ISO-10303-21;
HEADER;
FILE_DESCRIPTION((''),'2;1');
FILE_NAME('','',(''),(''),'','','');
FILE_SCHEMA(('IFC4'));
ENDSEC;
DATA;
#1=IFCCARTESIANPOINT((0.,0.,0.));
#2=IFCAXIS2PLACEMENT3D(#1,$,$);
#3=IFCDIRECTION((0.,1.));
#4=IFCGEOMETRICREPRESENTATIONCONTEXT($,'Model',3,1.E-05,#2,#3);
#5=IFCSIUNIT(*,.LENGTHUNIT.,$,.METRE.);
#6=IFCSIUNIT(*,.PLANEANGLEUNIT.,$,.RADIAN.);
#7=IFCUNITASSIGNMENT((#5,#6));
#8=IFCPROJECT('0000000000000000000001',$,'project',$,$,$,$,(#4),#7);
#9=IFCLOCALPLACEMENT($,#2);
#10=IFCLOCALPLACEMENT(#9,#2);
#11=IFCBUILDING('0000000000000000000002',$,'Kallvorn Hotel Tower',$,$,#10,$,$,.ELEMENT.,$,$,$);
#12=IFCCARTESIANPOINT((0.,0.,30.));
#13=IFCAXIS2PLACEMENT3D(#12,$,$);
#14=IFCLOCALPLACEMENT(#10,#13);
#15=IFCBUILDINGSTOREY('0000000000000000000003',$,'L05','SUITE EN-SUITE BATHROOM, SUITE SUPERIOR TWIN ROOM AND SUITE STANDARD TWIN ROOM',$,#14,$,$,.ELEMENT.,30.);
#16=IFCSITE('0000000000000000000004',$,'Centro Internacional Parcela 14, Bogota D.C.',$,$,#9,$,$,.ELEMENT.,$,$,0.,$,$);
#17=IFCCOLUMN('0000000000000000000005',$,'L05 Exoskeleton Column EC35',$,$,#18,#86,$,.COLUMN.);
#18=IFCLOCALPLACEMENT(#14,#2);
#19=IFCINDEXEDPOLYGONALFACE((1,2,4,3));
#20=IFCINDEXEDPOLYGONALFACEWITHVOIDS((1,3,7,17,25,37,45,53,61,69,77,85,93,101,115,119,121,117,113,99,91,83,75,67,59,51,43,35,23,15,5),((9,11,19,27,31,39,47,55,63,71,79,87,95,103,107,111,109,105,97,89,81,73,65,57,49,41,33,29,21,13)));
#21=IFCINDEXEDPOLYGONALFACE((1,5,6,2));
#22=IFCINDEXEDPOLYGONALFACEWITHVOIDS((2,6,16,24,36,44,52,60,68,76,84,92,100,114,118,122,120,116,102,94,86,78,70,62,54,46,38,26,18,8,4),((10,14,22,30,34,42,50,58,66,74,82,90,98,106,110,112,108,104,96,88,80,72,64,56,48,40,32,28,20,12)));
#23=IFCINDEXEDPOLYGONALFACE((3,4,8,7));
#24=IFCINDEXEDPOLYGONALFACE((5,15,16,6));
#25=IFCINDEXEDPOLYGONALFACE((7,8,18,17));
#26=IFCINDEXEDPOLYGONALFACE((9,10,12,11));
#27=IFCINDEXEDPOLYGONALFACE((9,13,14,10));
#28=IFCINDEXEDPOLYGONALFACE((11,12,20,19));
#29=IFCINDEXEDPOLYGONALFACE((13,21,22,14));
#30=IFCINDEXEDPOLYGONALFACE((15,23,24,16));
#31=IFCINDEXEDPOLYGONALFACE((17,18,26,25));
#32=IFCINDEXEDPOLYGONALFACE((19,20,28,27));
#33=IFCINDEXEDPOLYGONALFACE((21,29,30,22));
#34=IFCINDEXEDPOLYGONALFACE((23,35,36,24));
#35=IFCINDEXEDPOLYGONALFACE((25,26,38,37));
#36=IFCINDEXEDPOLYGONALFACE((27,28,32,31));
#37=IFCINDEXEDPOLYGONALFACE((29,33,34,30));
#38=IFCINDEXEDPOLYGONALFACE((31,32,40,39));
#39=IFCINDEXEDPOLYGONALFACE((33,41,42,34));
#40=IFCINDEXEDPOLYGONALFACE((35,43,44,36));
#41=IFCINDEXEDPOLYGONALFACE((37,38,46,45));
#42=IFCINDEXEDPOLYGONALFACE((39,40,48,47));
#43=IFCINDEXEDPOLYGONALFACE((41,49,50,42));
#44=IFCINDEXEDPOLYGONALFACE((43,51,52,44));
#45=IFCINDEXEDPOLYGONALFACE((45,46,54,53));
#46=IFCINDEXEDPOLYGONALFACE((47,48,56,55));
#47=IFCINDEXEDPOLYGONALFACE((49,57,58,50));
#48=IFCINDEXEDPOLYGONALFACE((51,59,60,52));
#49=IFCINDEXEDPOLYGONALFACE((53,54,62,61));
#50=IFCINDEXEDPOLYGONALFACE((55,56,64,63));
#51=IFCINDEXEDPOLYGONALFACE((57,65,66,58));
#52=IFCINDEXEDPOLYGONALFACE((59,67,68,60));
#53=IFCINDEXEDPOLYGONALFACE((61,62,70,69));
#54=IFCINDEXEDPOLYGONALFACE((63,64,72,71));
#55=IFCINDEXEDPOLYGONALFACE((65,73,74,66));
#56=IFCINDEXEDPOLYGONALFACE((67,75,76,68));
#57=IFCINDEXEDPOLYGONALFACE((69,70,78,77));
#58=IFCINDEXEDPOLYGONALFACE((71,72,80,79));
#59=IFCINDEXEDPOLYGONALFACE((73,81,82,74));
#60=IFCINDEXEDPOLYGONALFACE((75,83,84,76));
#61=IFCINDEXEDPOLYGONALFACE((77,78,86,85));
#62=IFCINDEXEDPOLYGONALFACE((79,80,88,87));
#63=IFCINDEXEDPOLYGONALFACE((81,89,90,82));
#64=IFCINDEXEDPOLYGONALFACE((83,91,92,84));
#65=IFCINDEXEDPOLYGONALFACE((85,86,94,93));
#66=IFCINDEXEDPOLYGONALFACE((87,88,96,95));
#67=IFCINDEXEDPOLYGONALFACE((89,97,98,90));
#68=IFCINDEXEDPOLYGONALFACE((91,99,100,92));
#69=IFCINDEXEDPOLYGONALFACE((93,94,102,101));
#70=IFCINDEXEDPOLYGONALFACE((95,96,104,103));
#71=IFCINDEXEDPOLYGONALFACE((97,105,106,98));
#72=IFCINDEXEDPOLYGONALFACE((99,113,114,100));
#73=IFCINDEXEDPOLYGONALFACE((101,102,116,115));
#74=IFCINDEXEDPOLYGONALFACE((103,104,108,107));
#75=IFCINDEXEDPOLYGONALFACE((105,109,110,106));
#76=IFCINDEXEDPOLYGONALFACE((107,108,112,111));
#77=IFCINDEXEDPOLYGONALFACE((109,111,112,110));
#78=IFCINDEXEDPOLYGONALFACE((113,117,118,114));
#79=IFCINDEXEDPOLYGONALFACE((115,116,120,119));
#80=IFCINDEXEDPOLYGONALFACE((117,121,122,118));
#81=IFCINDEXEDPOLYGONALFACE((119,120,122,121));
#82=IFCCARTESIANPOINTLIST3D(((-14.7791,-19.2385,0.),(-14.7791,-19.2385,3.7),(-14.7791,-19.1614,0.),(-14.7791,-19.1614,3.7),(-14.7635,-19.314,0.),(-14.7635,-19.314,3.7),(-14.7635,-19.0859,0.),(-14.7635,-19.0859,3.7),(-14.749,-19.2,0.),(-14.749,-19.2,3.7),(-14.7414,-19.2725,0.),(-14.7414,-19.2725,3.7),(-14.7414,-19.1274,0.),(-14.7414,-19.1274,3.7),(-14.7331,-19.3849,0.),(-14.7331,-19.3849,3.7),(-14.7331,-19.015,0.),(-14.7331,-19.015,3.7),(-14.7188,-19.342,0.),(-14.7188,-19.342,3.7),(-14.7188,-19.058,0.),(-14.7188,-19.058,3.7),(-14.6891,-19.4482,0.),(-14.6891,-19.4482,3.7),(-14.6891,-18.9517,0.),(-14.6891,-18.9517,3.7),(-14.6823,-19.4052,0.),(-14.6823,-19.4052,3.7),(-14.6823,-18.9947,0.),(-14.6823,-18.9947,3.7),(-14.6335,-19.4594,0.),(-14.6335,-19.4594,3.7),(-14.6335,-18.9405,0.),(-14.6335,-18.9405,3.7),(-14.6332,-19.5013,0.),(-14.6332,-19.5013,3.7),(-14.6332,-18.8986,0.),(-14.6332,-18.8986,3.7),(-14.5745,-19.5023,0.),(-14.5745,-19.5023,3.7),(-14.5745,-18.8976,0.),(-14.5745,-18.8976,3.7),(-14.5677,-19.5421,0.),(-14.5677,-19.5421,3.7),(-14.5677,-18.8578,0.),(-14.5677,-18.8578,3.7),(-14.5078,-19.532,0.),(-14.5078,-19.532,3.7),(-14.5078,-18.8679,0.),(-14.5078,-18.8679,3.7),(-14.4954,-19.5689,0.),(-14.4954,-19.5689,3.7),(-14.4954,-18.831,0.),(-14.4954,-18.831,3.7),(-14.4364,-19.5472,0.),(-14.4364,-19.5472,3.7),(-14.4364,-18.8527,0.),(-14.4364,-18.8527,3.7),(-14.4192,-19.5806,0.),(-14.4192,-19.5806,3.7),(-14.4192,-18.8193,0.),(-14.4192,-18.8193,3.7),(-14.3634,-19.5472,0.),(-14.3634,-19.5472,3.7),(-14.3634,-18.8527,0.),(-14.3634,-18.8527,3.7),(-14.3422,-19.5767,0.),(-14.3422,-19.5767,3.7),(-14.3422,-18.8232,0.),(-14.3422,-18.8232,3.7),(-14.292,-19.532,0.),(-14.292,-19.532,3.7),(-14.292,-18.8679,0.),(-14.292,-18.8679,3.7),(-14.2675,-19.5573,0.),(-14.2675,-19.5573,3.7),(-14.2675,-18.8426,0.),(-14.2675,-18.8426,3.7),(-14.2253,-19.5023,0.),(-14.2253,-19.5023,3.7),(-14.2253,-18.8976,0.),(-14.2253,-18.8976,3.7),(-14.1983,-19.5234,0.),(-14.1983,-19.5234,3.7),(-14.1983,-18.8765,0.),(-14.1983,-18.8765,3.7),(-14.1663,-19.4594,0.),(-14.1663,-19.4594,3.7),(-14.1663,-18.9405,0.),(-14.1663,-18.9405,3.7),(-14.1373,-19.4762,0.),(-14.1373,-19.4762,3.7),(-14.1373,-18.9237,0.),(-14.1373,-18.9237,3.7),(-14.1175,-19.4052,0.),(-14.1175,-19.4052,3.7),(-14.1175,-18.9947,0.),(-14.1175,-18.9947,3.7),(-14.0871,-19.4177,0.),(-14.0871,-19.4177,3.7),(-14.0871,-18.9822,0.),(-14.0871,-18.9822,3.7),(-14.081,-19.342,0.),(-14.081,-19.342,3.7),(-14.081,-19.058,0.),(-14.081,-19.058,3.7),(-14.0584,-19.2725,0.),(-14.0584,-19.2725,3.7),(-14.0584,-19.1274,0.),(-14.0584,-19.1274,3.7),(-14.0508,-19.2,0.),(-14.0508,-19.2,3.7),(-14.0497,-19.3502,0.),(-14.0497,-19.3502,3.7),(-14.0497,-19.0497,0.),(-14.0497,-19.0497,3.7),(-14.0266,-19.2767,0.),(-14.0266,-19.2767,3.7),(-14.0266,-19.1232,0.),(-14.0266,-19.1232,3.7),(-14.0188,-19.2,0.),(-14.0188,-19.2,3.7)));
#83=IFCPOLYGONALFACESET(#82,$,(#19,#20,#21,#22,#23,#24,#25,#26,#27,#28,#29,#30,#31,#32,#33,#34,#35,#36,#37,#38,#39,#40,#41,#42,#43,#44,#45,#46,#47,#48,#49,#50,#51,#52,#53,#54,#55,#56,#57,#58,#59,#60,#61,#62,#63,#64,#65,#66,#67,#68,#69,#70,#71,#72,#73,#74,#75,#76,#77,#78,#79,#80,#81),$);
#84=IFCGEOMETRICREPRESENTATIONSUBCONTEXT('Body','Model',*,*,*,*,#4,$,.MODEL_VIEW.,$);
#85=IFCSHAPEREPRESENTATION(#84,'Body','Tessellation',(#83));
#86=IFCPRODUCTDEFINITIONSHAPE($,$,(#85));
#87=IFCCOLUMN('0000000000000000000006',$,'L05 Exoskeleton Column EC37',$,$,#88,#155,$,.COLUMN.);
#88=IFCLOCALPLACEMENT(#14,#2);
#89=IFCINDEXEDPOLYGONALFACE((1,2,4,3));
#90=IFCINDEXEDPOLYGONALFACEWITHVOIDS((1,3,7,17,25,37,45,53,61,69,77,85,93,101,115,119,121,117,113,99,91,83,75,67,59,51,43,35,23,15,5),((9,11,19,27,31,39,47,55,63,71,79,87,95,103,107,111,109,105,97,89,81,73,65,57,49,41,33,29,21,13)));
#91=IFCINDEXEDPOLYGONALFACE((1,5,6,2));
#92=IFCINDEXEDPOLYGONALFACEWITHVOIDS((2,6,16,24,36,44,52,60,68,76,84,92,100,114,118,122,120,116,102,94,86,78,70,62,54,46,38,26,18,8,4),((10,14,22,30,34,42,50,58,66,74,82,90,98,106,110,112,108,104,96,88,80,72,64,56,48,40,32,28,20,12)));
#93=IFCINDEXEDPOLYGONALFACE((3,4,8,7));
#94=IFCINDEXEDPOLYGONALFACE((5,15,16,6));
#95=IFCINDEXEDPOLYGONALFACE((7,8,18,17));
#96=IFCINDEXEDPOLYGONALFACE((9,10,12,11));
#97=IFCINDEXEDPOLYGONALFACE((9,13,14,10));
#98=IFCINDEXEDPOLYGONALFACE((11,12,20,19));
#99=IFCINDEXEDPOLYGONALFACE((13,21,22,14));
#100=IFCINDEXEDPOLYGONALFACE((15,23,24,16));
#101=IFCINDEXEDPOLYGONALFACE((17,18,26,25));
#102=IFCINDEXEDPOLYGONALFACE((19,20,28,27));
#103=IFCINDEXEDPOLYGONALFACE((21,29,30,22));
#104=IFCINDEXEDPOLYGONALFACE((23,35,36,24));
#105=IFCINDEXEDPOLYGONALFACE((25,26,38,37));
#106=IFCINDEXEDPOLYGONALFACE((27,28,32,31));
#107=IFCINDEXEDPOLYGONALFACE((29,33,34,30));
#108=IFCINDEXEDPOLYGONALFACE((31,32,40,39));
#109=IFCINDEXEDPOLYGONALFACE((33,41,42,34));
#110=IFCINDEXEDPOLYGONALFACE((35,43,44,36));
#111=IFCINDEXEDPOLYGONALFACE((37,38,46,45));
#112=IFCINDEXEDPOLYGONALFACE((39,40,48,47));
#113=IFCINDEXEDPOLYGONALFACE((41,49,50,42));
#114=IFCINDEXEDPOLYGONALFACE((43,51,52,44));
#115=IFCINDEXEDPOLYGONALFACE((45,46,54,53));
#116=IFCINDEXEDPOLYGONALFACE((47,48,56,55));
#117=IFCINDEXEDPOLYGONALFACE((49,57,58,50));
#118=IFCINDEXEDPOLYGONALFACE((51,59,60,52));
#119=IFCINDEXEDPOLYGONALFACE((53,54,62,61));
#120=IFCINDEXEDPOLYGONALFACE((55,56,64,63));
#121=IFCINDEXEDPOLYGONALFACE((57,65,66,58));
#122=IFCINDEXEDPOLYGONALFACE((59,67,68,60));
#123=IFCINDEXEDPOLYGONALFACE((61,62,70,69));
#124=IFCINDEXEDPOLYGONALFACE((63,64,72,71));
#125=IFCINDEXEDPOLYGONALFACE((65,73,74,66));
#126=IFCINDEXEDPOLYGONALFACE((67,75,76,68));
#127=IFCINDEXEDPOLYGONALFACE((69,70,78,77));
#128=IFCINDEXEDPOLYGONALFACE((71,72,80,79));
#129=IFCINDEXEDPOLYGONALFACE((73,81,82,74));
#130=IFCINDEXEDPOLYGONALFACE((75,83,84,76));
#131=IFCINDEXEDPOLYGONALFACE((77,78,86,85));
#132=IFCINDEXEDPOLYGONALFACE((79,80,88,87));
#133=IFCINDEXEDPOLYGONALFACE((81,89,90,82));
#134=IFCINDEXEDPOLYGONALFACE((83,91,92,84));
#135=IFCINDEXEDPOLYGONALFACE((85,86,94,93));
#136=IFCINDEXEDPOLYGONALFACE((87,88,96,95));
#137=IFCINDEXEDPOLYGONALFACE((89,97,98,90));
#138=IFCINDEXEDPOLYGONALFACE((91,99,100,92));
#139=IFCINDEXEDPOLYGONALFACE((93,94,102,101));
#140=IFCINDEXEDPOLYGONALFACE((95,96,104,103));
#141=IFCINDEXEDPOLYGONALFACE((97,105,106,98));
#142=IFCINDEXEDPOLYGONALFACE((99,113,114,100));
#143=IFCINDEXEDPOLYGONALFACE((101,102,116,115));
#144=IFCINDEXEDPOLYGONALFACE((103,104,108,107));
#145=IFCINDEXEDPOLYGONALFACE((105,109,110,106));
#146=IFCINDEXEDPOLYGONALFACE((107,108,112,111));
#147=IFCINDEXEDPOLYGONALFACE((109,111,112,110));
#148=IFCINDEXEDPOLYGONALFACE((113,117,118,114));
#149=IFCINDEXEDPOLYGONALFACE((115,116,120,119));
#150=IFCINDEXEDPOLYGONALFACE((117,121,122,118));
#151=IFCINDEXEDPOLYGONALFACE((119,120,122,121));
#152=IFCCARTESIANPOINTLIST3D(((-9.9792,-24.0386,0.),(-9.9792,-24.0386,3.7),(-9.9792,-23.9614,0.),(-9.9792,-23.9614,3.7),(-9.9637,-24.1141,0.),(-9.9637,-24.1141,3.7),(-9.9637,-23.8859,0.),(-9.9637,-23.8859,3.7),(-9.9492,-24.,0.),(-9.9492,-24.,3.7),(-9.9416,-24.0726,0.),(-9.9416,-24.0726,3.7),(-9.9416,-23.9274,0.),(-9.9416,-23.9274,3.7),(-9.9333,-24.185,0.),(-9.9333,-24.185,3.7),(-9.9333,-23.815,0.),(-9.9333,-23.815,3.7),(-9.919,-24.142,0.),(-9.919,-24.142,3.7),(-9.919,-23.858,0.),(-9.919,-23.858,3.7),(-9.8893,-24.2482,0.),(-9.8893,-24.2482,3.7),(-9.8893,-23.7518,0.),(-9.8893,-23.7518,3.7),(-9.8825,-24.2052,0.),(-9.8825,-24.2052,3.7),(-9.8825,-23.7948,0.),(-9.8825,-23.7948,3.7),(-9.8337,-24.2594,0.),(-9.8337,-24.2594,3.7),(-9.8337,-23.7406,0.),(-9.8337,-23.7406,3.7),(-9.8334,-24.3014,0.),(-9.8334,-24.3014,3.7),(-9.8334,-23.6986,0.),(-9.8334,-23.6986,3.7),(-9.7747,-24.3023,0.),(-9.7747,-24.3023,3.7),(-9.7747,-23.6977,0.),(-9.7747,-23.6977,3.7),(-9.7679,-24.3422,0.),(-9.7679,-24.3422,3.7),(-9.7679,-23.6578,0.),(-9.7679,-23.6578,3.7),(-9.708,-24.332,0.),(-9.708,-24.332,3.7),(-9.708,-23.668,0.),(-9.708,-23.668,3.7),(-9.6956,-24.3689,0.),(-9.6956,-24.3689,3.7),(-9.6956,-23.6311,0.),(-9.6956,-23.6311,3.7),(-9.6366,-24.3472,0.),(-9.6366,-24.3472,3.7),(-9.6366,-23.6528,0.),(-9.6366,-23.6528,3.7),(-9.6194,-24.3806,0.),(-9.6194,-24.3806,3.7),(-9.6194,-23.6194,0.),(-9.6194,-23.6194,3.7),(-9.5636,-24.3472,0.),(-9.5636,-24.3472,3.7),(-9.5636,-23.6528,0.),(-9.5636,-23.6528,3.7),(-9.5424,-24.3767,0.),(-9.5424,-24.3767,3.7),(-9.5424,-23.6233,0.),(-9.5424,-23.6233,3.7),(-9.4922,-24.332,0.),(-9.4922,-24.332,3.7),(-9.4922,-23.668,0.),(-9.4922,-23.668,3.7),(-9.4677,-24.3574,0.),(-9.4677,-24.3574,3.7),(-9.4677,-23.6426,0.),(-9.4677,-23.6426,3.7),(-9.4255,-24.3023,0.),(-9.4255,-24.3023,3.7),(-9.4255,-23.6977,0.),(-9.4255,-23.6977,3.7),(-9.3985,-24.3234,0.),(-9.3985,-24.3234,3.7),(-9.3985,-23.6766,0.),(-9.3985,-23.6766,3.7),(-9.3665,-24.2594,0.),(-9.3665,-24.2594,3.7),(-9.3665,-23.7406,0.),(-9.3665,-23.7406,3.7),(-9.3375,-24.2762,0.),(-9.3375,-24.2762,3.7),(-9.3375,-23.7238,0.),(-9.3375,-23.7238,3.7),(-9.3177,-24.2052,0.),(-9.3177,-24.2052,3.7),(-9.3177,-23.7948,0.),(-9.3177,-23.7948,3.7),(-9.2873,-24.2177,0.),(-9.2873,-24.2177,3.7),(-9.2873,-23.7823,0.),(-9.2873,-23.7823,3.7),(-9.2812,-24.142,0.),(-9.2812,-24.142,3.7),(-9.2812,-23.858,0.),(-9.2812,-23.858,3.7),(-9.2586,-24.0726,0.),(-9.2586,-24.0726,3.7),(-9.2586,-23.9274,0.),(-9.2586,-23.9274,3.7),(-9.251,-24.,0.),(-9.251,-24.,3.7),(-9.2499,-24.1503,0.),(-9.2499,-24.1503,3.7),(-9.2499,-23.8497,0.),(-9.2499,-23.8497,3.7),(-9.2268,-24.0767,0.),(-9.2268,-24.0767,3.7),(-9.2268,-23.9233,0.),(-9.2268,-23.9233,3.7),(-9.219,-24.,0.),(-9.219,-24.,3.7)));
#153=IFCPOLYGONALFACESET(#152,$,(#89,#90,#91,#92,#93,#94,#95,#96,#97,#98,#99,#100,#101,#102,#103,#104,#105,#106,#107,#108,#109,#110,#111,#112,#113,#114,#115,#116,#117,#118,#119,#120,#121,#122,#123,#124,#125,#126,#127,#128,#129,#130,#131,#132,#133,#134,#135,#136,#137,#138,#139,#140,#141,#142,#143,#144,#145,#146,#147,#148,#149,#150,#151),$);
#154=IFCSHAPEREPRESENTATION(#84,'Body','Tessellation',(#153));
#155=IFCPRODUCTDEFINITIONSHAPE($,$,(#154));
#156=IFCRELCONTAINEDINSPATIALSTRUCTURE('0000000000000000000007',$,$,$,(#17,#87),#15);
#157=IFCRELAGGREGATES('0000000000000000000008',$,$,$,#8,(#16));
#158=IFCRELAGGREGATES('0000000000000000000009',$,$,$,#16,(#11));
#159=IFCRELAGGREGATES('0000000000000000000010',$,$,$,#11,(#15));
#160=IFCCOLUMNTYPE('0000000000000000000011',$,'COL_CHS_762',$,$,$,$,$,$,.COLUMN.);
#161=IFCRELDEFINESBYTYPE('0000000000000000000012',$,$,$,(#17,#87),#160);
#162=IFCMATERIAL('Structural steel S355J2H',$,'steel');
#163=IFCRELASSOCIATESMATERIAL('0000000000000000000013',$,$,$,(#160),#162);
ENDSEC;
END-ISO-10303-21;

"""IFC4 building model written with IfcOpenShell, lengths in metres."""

from ifc_helpers import new_model, si_unit, direction, frame, origin, origin_2d, place, context, subcontext, project, spatial, hollow_circle, extrude, material, material_profile, profile_set, type_object, element, save


model = new_model("IFC4")

# Units and contexts
model_context = context("Model", 3, precision=1e-05, world=origin(), true_north=direction((0.0, 1.0)))
body_context = subcontext(model_context, "Body", "Model", "MODEL_VIEW")
ifc_project = project(units=[si_unit("LENGTHUNIT", "METRE"), si_unit("PLANEANGLEUNIT", "RADIAN")], contexts=[model_context])

# Site, building, storey
site_placement = place(None, origin())
site = spatial("IfcSite", under=ifc_project, at=site_placement, Name="Centro Internacional Parcela 14, Bogota D.C.", CompositionType="ELEMENT", RefElevation=0.0)
building_placement = place(site_placement, origin())
building = spatial("IfcBuilding", under=site, at=building_placement, Name="Kallvorn Hotel Tower", CompositionType="ELEMENT")
storey_placement = place(building_placement, frame((0.0, 0.0, 30.0)))
storey = spatial("IfcBuildingStorey", under=building, at=storey_placement, Name="L05", Description="SUITE EN-SUITE BATHROOM, SUITE SUPERIOR TWIN ROOM AND SUITE STANDARD TWIN ROOM", CompositionType="ELEMENT", Elevation=30.0)

# Columns
ifc_material_1 = material(Name="Structural steel S355J2H", Category="steel")
ifc_material_profile_1 = material_profile(ifc_material_1, hollow_circle(Radius=0.3811, WallThickness=0.032, at=origin_2d()), Name="CHS 762x32")
ifc_profile_set_1 = profile_set([ifc_material_profile_1], Name="Structural steel S355J2H")
column_type_1 = type_object("IfcColumnType", Name="COL_CHS_762", PredefinedType="COLUMN", material=ifc_profile_set_1)
for number, where, z_axis, x_axis, name in (
    (1, (-14.3999, -19.2, 0.0), (0.0, 0.0, 1.0), (1.0, 0.0, 0.0), "L05 Exoskeleton Column EC35"),
    (2, (-9.6001, -24.0, 0.0), (0.0, 0.0, 1.0), (1.0, 0.0, 0.0), "L05 Exoskeleton Column EC37"),
):
    element("IfcColumn", number, at=place(storey_placement, frame(where, z_axis=z_axis, x_axis=x_axis)), inside=storey, type_object=column_type_1, Name=name, PredefinedType="COLUMN", context=body_context, shape_type="SweptSolid", body=[
        extrude(hollow_circle(Radius=0.3811, WallThickness=0.032, at=origin_2d()), origin(), (0.0, 0.0, 1.0), 3.7),
    ])

save(model, "model.ifc")
